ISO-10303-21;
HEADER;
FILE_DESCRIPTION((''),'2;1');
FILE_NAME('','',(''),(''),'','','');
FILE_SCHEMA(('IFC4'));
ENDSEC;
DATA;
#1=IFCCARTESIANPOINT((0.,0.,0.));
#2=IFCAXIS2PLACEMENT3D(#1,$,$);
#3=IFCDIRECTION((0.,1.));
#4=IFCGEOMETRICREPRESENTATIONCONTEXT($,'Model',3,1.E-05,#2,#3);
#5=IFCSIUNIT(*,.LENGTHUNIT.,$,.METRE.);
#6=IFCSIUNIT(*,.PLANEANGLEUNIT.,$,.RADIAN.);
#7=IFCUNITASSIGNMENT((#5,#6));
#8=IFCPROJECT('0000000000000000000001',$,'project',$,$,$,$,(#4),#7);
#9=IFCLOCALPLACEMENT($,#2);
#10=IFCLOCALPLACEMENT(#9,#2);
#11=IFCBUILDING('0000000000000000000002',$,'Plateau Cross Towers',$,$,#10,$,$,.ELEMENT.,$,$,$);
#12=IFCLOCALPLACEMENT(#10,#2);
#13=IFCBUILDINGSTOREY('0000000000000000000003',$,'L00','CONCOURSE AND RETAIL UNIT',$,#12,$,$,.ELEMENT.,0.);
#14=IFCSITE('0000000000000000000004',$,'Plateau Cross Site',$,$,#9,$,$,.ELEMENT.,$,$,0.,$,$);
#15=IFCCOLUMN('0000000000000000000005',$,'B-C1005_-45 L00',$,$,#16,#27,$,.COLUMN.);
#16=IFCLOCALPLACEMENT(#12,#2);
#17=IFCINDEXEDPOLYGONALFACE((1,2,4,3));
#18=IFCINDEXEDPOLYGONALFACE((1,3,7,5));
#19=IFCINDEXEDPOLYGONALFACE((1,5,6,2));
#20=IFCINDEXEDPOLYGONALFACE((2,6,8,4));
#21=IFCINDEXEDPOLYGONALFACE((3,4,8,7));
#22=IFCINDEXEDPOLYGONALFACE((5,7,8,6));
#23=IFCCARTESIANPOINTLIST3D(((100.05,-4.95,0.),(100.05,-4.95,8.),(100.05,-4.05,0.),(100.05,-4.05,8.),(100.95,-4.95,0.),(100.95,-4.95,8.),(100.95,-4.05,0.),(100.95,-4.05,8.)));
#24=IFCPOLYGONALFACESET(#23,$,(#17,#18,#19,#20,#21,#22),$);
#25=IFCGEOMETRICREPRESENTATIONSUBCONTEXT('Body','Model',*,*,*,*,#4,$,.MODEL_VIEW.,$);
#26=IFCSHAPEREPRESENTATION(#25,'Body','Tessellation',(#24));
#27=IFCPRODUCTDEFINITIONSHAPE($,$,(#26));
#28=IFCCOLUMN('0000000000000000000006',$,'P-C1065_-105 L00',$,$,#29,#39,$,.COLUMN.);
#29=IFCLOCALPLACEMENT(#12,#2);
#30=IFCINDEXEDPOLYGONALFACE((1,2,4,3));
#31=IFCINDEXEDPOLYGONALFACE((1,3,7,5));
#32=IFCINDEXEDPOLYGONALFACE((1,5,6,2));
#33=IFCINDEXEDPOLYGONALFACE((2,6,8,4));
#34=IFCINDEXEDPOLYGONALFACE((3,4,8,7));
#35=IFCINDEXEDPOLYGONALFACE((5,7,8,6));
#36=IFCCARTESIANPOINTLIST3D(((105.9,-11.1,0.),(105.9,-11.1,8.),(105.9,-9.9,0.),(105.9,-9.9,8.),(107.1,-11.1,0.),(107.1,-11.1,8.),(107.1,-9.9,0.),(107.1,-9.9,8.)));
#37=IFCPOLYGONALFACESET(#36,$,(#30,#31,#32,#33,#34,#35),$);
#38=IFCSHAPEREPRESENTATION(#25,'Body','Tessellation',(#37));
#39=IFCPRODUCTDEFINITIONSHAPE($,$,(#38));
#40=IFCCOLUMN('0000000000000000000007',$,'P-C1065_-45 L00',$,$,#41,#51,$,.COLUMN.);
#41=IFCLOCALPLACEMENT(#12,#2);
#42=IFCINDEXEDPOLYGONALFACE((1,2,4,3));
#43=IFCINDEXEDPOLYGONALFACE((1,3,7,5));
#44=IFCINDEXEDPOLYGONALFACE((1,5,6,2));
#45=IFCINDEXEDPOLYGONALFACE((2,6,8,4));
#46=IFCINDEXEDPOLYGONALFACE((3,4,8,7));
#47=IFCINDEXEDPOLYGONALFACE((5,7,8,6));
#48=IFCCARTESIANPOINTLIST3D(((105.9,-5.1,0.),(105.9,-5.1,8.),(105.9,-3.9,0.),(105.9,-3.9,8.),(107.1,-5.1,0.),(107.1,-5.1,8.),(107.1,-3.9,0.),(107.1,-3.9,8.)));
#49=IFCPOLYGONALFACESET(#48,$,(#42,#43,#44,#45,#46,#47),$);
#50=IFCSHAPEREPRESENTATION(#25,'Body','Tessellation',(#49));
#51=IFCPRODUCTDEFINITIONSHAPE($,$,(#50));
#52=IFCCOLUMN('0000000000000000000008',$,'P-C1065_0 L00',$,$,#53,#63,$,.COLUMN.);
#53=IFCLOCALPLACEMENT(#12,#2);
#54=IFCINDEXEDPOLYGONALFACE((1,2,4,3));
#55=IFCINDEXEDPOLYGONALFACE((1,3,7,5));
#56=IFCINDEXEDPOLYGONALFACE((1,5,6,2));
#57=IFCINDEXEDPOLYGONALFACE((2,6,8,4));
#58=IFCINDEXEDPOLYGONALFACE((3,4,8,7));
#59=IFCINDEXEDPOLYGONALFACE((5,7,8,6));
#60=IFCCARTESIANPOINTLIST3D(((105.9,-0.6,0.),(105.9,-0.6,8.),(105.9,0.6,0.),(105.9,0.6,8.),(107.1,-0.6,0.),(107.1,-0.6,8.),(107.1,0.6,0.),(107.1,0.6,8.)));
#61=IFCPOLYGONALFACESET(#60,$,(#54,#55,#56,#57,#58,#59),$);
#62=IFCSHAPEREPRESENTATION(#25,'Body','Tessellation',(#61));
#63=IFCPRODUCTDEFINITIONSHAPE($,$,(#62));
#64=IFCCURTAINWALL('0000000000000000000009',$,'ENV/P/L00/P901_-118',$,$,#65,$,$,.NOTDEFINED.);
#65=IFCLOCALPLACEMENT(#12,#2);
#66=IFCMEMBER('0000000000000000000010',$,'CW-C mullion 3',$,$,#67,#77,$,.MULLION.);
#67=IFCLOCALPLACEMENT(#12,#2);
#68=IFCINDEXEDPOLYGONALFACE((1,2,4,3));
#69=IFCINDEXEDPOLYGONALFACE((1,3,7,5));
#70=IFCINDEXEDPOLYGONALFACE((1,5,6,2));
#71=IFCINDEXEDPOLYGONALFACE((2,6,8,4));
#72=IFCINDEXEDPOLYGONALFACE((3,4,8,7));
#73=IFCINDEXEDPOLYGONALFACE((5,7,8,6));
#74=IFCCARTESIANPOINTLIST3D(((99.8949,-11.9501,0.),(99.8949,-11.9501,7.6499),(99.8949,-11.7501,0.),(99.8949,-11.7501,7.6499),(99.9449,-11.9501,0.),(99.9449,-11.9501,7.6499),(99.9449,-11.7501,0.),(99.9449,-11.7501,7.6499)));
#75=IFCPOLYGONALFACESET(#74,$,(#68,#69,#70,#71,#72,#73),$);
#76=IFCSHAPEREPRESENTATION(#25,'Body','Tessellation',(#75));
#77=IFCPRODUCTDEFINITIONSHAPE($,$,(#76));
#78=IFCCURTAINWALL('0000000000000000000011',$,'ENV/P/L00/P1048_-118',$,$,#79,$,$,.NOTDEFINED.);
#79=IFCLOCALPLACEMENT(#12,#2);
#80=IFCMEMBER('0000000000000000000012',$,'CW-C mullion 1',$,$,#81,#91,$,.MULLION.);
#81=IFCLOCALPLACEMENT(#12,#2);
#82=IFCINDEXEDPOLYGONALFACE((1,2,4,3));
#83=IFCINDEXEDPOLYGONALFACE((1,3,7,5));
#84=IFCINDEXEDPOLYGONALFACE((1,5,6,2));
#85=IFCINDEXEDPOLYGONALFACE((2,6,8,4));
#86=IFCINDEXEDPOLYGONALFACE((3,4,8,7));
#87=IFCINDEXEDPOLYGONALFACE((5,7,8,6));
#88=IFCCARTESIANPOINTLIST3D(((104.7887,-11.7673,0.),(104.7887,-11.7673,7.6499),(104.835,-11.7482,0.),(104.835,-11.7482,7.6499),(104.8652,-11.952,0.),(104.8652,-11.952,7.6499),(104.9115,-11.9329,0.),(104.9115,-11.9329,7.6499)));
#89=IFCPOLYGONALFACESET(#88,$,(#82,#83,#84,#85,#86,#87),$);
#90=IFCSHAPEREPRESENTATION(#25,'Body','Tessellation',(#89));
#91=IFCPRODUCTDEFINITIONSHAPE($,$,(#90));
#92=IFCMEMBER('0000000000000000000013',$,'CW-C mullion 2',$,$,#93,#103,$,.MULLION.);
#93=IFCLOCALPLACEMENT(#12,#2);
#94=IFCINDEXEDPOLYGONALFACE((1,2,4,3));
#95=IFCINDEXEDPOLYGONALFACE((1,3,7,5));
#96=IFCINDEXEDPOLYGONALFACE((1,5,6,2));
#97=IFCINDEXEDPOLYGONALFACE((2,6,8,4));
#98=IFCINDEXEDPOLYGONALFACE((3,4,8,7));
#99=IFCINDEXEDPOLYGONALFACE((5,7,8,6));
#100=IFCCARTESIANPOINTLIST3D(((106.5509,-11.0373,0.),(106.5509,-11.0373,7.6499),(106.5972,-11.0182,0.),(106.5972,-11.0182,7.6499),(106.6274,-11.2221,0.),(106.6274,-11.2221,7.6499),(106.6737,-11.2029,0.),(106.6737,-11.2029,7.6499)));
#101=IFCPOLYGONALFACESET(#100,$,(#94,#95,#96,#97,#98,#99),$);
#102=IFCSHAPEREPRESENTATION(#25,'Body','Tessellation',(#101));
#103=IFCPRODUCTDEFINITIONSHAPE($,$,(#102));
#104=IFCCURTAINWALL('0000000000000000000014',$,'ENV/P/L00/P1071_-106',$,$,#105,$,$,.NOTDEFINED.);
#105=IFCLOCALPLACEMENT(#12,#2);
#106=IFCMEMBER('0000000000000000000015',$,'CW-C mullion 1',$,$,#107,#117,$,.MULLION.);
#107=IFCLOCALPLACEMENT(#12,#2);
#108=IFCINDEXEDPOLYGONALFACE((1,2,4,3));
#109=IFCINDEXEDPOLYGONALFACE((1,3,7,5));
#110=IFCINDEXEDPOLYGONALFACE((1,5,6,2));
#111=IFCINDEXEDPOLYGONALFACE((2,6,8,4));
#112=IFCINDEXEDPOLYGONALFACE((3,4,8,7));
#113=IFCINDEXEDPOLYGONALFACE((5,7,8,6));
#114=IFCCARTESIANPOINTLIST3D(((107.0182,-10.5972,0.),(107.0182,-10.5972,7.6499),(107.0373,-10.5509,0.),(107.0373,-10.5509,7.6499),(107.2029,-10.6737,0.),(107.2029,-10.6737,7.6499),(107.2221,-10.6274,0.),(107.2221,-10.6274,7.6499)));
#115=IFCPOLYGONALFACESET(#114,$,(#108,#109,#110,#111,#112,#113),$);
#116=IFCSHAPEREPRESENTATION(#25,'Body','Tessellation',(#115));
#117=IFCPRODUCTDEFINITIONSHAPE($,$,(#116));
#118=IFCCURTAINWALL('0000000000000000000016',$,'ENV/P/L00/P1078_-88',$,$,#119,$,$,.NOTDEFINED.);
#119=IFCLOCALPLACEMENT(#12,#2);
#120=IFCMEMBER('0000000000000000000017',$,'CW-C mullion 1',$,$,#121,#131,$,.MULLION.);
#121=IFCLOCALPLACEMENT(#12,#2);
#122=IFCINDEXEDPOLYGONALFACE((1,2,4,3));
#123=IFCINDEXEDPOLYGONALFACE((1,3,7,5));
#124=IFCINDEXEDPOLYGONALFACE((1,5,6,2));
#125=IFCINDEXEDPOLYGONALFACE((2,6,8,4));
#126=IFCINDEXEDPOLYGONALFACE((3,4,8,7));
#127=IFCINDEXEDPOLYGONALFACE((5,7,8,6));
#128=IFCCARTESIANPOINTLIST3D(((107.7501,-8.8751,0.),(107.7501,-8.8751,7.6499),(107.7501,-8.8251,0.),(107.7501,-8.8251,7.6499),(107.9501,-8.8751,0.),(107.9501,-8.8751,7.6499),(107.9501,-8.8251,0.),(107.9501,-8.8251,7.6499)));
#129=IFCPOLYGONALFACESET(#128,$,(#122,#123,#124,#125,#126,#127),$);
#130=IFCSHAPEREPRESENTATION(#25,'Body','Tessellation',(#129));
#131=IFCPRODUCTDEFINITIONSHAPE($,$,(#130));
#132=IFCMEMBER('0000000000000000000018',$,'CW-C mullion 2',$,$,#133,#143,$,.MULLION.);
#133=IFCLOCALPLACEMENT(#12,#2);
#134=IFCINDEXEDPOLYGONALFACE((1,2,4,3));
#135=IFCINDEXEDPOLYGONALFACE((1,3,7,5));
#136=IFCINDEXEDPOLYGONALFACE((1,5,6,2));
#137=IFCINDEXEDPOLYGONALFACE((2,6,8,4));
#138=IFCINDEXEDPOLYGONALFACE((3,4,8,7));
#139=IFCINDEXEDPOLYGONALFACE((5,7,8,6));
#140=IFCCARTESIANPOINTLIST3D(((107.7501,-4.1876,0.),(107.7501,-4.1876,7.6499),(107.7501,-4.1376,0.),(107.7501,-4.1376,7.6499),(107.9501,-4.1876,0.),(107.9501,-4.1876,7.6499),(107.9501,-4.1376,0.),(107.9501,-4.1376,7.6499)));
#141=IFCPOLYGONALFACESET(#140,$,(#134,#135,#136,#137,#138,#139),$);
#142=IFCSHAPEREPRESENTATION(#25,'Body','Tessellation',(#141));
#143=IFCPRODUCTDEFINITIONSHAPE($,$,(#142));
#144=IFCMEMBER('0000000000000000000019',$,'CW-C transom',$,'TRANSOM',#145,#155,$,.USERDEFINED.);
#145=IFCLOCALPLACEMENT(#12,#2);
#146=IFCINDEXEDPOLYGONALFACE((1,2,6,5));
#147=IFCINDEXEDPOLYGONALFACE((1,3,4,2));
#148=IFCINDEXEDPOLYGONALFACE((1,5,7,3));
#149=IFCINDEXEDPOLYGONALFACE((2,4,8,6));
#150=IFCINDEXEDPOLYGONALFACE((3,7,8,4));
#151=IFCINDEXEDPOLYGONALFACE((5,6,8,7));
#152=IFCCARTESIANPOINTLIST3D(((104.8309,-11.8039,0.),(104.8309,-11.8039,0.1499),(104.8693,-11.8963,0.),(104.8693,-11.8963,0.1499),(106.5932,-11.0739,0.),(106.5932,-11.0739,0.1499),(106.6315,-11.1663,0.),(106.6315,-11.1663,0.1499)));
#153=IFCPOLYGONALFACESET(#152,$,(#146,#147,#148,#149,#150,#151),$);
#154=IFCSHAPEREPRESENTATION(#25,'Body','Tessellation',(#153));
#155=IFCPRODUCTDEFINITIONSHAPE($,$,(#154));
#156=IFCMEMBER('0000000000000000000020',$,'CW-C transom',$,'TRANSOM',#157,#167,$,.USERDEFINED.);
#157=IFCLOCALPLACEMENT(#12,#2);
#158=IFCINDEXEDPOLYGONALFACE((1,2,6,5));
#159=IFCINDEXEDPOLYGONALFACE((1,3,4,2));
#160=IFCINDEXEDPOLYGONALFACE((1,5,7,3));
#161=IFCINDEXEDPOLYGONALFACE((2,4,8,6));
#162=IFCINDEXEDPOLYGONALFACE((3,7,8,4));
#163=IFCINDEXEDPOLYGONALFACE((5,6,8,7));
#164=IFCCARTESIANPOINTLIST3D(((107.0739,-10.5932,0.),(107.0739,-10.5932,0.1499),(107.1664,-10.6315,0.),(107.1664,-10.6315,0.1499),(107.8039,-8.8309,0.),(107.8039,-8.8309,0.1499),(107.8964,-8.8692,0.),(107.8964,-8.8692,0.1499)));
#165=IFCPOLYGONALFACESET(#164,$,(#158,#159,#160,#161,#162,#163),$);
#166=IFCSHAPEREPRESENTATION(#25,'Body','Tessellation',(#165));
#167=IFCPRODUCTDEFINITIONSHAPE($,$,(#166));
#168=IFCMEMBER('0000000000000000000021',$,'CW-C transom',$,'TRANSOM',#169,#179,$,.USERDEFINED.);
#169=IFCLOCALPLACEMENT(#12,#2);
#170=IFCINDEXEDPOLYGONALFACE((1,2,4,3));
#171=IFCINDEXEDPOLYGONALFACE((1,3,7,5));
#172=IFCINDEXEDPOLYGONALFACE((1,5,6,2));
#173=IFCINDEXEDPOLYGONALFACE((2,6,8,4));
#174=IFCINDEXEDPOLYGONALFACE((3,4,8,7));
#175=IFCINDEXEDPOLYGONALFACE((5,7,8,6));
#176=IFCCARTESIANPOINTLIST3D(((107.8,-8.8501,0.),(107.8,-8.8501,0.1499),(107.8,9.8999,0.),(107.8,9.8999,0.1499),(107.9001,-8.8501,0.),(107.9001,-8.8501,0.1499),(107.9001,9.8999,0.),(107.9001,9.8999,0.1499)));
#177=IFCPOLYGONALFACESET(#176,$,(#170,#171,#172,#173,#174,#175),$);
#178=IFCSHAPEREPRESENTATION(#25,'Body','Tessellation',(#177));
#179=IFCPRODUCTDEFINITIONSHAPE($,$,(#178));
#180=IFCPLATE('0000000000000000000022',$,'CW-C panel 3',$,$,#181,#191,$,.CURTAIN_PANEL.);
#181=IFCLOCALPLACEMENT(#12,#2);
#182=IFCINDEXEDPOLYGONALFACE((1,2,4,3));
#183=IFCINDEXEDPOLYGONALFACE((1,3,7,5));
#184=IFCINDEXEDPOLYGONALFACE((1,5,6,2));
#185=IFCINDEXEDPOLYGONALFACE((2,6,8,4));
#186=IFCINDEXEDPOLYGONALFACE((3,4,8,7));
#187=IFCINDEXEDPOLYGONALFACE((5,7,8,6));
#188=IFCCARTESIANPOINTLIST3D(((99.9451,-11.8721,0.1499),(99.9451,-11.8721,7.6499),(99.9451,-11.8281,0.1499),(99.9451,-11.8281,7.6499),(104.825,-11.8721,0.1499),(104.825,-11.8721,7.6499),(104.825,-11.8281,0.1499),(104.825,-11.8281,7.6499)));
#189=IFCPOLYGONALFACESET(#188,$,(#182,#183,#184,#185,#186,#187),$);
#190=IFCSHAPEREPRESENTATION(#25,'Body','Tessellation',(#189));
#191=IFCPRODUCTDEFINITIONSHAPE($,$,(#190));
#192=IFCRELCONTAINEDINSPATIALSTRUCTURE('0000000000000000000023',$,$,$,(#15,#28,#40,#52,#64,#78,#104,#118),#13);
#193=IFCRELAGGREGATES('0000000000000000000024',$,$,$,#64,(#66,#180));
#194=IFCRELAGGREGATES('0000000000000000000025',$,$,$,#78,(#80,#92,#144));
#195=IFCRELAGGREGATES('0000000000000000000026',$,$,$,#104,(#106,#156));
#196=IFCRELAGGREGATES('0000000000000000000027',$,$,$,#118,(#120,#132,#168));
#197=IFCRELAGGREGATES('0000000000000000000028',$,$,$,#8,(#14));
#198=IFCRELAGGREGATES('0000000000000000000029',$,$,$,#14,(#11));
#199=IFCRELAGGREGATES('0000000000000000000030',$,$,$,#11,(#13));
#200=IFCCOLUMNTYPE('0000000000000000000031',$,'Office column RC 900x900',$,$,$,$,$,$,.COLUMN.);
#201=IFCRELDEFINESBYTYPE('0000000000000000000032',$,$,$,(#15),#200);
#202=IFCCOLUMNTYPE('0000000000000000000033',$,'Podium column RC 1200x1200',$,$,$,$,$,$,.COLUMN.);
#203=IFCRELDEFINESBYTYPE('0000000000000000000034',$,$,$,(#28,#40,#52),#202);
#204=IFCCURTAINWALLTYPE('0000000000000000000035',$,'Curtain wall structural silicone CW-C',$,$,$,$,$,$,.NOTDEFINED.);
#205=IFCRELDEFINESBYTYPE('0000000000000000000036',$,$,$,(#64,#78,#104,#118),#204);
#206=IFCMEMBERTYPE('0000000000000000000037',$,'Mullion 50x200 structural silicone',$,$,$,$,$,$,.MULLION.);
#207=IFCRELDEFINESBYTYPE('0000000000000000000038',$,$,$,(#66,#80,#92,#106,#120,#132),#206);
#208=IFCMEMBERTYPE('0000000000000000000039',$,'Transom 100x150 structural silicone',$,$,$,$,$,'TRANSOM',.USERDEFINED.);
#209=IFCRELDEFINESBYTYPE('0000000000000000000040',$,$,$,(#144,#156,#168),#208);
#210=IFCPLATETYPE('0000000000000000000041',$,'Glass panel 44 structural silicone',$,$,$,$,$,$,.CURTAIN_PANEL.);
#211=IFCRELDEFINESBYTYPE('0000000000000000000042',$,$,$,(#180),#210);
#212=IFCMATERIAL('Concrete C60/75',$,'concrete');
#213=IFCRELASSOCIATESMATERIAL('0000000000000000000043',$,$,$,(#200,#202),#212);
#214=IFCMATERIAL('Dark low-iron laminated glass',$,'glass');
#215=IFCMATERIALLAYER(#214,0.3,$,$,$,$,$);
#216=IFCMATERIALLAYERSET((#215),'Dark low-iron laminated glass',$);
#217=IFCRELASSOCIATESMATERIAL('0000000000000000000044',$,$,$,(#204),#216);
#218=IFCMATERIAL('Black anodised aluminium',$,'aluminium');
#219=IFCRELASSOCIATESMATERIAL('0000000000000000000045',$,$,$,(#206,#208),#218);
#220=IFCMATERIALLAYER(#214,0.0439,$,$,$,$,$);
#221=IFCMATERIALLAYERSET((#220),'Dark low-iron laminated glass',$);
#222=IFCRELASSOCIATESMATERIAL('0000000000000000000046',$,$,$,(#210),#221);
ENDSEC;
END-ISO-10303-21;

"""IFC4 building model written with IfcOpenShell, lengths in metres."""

from ifc_helpers import new_model, si_unit, direction, frame, origin, origin_2d, place, context, subcontext, project, spatial, rectangle, extrude, material, layer, layer_set, material_profile, profile_set, type_object, element, aggregate, save


model = new_model("IFC4")

# Units and contexts
model_context = context("Model", 3, precision=1e-05, world=origin(), true_north=direction((0.0, 1.0)))
body_context = subcontext(model_context, "Body", "Model", "MODEL_VIEW")
ifc_project = project(units=[si_unit("LENGTHUNIT", "METRE"), si_unit("PLANEANGLEUNIT", "RADIAN")], contexts=[model_context])

# Site, building, storey
site_placement = place(None, origin())
site = spatial("IfcSite", under=ifc_project, at=site_placement, Name="Plateau Cross Site", CompositionType="ELEMENT", RefElevation=0.0)
building_placement = place(site_placement, origin())
building = spatial("IfcBuilding", under=site, at=building_placement, Name="Plateau Cross Towers", CompositionType="ELEMENT")
storey_placement = place(building_placement, origin())
storey = spatial("IfcBuildingStorey", under=building, at=storey_placement, Name="L00", Description="CONCOURSE AND RETAIL UNIT", CompositionType="ELEMENT", Elevation=0.0)

# Columns
ifc_material_1 = material(Name="Concrete C60/75", Category="concrete")
ifc_material_profile_1 = material_profile(ifc_material_1, rectangle(XDim=0.8999, YDim=0.8999, at=origin_2d()), Name="RC 900x900")
ifc_profile_set_1 = profile_set([ifc_material_profile_1], Name="Concrete C60/75")
column_type_1 = type_object("IfcColumnType", Name="Office column RC 900x900", PredefinedType="COLUMN", material=ifc_profile_set_1)
column_placement = place(storey_placement, frame((100.5, -4.5, 0.0), z_axis=(0.0, 0.0, 1.0), x_axis=(1.0, 0.0, 0.0)))
element("IfcColumn", 1, at=column_placement, inside=storey, type_object=column_type_1, Name="B-C1005_-45 L00", PredefinedType="COLUMN", context=body_context, shape_type="SweptSolid", body=[
    extrude(rectangle(XDim=0.8999, YDim=0.8999, at=origin_2d()), origin(), (0.0, 0.0, 1.0), 8.0),
])
ifc_material_profile_2 = material_profile(ifc_material_1, rectangle(XDim=1.2, YDim=1.2, at=origin_2d()), Name="RC 1200x1200")
ifc_profile_set_2 = profile_set([ifc_material_profile_2], Name="Concrete C60/75")
column_type_2 = type_object("IfcColumnType", Name="Podium column RC 1200x1200", PredefinedType="COLUMN", material=ifc_profile_set_2)
for number, where, z_axis, x_axis, name in (
    (2, (106.5, -10.5, 0.0), (0.0, 0.0, 1.0), (1.0, 0.0, 0.0), "P-C1065_-105 L00"),
    (3, (106.5, -4.5, 0.0), (0.0, 0.0, 1.0), (1.0, 0.0, 0.0), "P-C1065_-45 L00"),
    (4, (106.5, 0.0, 0.0), (0.0, 0.0, 1.0), (1.0, 0.0, 0.0), "P-C1065_0 L00"),
):
    element("IfcColumn", number, at=place(storey_placement, frame(where, z_axis=z_axis, x_axis=x_axis)), inside=storey, type_object=column_type_2, Name=name, PredefinedType="COLUMN", context=body_context, shape_type="SweptSolid", body=[
        extrude(rectangle(XDim=1.2, YDim=1.2, at=origin_2d()), origin(), (0.0, 0.0, 1.0), 8.0),
    ])

# Curtain wall, member
ifc_material_2 = material(Name="Dark low-iron laminated glass", Category="glass")
ifc_layer_1 = layer(ifc_material_2, 0.3)
ifc_layer_set_1 = layer_set([ifc_layer_1], Name="Dark low-iron laminated glass")
curtain_wall_type = type_object("IfcCurtainWallType", Name="Curtain wall structural silicone CW-C", PredefinedType="NOTDEFINED", material=ifc_layer_set_1)
curtain_wall_1_placement = place(storey_placement, origin())
curtain_wall_1 = element("IfcCurtainWall", 5, at=curtain_wall_1_placement, inside=storey, type_object=curtain_wall_type, Name="ENV/P/L00/P901_-118", PredefinedType="NOTDEFINED")
ifc_material_3 = material(Name="Black anodised aluminium", Category="aluminium")
ifc_material_profile_3 = material_profile(ifc_material_3, rectangle(XDim=0.05, YDim=0.2, at=origin_2d()), Name="MULLION 50x200")
ifc_profile_set_3 = profile_set([ifc_material_profile_3], Name="Black anodised aluminium")
member_type_1 = type_object("IfcMemberType", Name="Mullion 50x200 structural silicone", PredefinedType="MULLION", material=ifc_profile_set_3)
member_1_placement = place(storey_placement, frame((99.9199, -11.8501, 0.0), z_axis=(0.0, 0.0, 1.0), x_axis=(1.0, 0.0, 0.0)))
member_1 = element("IfcMember", 6, at=member_1_placement, type_object=member_type_1, Name="CW-C mullion 3", PredefinedType="MULLION", context=body_context, shape_type="SweptSolid", body=[
    extrude(rectangle(XDim=0.05, YDim=0.2, at=origin_2d()), origin(), (0.0, 0.0, 1.0), 7.6499),
])

# Curtain wall, members
curtain_wall_2_placement = place(storey_placement, origin())
curtain_wall_2 = element("IfcCurtainWall", 7, at=curtain_wall_2_placement, inside=storey, type_object=curtain_wall_type, Name="ENV/P/L00/P1048_-118", PredefinedType="NOTDEFINED")
member_2_placement = place(storey_placement, frame((104.8501, -11.8501, 0.0), z_axis=(0.0, 0.0, 1.0), x_axis=(0.923879, 0.382684, 0.0)))
member_2 = element("IfcMember", 8, at=member_2_placement, type_object=member_type_1, Name="CW-C mullion 1", PredefinedType="MULLION", context=body_context, shape_type="SweptSolid", body=[
    extrude(rectangle(XDim=0.05, YDim=0.2, at=origin_2d()), origin(), (0.0, 0.0, 1.0), 7.6499),
])
member_3_placement = place(storey_placement, frame((106.6123, -11.1201, 0.0), z_axis=(0.0, 0.0, 1.0), x_axis=(0.923879, 0.382684, 0.0)))
member_3 = element("IfcMember", 9, at=member_3_placement, type_object=member_type_1, Name="CW-C mullion 2", PredefinedType="MULLION", context=body_context, shape_type="SweptSolid", body=[
    extrude(rectangle(XDim=0.05, YDim=0.2, at=origin_2d()), origin(), (0.0, 0.0, 1.0), 7.6499),
])

# Curtain wall, member
curtain_wall_3_placement = place(storey_placement, origin())
curtain_wall_3 = element("IfcCurtainWall", 10, at=curtain_wall_3_placement, inside=storey, type_object=curtain_wall_type, Name="ENV/P/L00/P1071_-106", PredefinedType="NOTDEFINED")
member_4_placement = place(storey_placement, frame((107.1201, -10.6123, 0.0), z_axis=(0.0, 0.0, 1.0), x_axis=(0.382684, 0.923879, 0.0)))
member_4 = element("IfcMember", 11, at=member_4_placement, type_object=member_type_1, Name="CW-C mullion 1", PredefinedType="MULLION", context=body_context, shape_type="SweptSolid", body=[
    extrude(rectangle(XDim=0.05, YDim=0.2, at=origin_2d()), origin(), (0.0, 0.0, 1.0), 7.6499),
])

# Curtain wall, members
curtain_wall_4_placement = place(storey_placement, origin())
curtain_wall_4 = element("IfcCurtainWall", 12, at=curtain_wall_4_placement, inside=storey, type_object=curtain_wall_type, Name="ENV/P/L00/P1078_-88", PredefinedType="NOTDEFINED")
member_5_placement = place(storey_placement, frame((107.8501, -8.8501, 0.0), z_axis=(0.0, 0.0, 1.0), x_axis=(0.0, 1.0, 0.0)))
member_5 = element("IfcMember", 13, at=member_5_placement, type_object=member_type_1, Name="CW-C mullion 1", PredefinedType="MULLION", context=body_context, shape_type="SweptSolid", body=[
    extrude(rectangle(XDim=0.05, YDim=0.2, at=origin_2d()), origin(), (0.0, 0.0, 1.0), 7.6499),
])
member_6_placement = place(storey_placement, frame((107.8501, -4.1626, 0.0), z_axis=(0.0, 0.0, 1.0), x_axis=(0.0, 1.0, 0.0)))
member_6 = element("IfcMember", 14, at=member_6_placement, type_object=member_type_1, Name="CW-C mullion 2", PredefinedType="MULLION", context=body_context, shape_type="SweptSolid", body=[
    extrude(rectangle(XDim=0.05, YDim=0.2, at=origin_2d()), origin(), (0.0, 0.0, 1.0), 7.6499),
])

# Members
ifc_material_profile_4 = material_profile(ifc_material_3, rectangle(XDim=0.1001, YDim=0.1499, at=origin_2d()), Name="TRANSOM 100x150")
ifc_profile_set_4 = profile_set([ifc_material_profile_4], Name="Black anodised aluminium")
member_type_2 = type_object("IfcMemberType", Name="Transom 100x150 structural silicone", ElementType="TRANSOM", PredefinedType="USERDEFINED", material=ifc_profile_set_4)
member_7_placement = place(storey_placement, frame((104.8501, -11.8501, 0.075), z_axis=(0.92387, 0.382706, 0.0), x_axis=(-0.382706, 0.92387, 0.0)))
member_7 = element("IfcMember", 15, at=member_7_placement, type_object=member_type_2, Name="CW-C transom", ObjectType="TRANSOM", PredefinedType="USERDEFINED", context=body_context, shape_type="SweptSolid", body=[
    extrude(rectangle(XDim=0.1001, YDim=0.1499, at=origin_2d()), origin(), (0.0, 0.0, 1.0), 1.9075),
])
member_8_placement = place(storey_placement, frame((107.1201, -10.6123, 0.075), z_axis=(0.382706, 0.92387, 0.0), x_axis=(-0.92387, 0.382706, 0.0)))
member_8 = element("IfcMember", 16, at=member_8_placement, type_object=member_type_2, Name="CW-C transom", ObjectType="TRANSOM", PredefinedType="USERDEFINED", context=body_context, shape_type="SweptSolid", body=[
    extrude(rectangle(XDim=0.1001, YDim=0.1499, at=origin_2d()), origin(), (0.0, 0.0, 1.0), 1.9075),
])
member_9_placement = place(storey_placement, frame((107.8501, -8.8501, 0.075), z_axis=(0.0, 1.0, 0.0), x_axis=(-1.0, 0.0, 0.0)))
member_9 = element("IfcMember", 17, at=member_9_placement, type_object=member_type_2, Name="CW-C transom", ObjectType="TRANSOM", PredefinedType="USERDEFINED", context=body_context, shape_type="SweptSolid", body=[
    extrude(rectangle(XDim=0.1001, YDim=0.1499, at=origin_2d()), origin(), (0.0, 0.0, 1.0), 18.75),
])

# Plate
ifc_layer_2 = layer(ifc_material_2, 0.0439)
ifc_layer_set_2 = layer_set([ifc_layer_2], Name="Dark low-iron laminated glass")
plate_type = type_object("IfcPlateType", Name="Glass panel 44 structural silicone", PredefinedType="CURTAIN_PANEL", material=ifc_layer_set_2)
plate_1_placement = place(storey_placement, frame((102.385, -11.8501, 0.1499), z_axis=(0.0, 0.0, 1.0), x_axis=(1.0, 0.0, 0.0)))
plate_1 = element("IfcPlate", 18, at=plate_1_placement, type_object=plate_type, Name="CW-C panel 3", PredefinedType="CURTAIN_PANEL", context=body_context, shape_type="SweptSolid", body=[
    extrude(rectangle(XDim=4.8799, YDim=0.0439, at=origin_2d()), origin(), (0.0, 0.0, 1.0), 7.5),
])
aggregate(curtain_wall_1, [member_1, plate_1])
aggregate(curtain_wall_2, [member_2, member_3, member_7])
aggregate(curtain_wall_3, [member_4, member_8])
aggregate(curtain_wall_4, [member_5, member_6, member_9])

save(model, "model.ifc")
